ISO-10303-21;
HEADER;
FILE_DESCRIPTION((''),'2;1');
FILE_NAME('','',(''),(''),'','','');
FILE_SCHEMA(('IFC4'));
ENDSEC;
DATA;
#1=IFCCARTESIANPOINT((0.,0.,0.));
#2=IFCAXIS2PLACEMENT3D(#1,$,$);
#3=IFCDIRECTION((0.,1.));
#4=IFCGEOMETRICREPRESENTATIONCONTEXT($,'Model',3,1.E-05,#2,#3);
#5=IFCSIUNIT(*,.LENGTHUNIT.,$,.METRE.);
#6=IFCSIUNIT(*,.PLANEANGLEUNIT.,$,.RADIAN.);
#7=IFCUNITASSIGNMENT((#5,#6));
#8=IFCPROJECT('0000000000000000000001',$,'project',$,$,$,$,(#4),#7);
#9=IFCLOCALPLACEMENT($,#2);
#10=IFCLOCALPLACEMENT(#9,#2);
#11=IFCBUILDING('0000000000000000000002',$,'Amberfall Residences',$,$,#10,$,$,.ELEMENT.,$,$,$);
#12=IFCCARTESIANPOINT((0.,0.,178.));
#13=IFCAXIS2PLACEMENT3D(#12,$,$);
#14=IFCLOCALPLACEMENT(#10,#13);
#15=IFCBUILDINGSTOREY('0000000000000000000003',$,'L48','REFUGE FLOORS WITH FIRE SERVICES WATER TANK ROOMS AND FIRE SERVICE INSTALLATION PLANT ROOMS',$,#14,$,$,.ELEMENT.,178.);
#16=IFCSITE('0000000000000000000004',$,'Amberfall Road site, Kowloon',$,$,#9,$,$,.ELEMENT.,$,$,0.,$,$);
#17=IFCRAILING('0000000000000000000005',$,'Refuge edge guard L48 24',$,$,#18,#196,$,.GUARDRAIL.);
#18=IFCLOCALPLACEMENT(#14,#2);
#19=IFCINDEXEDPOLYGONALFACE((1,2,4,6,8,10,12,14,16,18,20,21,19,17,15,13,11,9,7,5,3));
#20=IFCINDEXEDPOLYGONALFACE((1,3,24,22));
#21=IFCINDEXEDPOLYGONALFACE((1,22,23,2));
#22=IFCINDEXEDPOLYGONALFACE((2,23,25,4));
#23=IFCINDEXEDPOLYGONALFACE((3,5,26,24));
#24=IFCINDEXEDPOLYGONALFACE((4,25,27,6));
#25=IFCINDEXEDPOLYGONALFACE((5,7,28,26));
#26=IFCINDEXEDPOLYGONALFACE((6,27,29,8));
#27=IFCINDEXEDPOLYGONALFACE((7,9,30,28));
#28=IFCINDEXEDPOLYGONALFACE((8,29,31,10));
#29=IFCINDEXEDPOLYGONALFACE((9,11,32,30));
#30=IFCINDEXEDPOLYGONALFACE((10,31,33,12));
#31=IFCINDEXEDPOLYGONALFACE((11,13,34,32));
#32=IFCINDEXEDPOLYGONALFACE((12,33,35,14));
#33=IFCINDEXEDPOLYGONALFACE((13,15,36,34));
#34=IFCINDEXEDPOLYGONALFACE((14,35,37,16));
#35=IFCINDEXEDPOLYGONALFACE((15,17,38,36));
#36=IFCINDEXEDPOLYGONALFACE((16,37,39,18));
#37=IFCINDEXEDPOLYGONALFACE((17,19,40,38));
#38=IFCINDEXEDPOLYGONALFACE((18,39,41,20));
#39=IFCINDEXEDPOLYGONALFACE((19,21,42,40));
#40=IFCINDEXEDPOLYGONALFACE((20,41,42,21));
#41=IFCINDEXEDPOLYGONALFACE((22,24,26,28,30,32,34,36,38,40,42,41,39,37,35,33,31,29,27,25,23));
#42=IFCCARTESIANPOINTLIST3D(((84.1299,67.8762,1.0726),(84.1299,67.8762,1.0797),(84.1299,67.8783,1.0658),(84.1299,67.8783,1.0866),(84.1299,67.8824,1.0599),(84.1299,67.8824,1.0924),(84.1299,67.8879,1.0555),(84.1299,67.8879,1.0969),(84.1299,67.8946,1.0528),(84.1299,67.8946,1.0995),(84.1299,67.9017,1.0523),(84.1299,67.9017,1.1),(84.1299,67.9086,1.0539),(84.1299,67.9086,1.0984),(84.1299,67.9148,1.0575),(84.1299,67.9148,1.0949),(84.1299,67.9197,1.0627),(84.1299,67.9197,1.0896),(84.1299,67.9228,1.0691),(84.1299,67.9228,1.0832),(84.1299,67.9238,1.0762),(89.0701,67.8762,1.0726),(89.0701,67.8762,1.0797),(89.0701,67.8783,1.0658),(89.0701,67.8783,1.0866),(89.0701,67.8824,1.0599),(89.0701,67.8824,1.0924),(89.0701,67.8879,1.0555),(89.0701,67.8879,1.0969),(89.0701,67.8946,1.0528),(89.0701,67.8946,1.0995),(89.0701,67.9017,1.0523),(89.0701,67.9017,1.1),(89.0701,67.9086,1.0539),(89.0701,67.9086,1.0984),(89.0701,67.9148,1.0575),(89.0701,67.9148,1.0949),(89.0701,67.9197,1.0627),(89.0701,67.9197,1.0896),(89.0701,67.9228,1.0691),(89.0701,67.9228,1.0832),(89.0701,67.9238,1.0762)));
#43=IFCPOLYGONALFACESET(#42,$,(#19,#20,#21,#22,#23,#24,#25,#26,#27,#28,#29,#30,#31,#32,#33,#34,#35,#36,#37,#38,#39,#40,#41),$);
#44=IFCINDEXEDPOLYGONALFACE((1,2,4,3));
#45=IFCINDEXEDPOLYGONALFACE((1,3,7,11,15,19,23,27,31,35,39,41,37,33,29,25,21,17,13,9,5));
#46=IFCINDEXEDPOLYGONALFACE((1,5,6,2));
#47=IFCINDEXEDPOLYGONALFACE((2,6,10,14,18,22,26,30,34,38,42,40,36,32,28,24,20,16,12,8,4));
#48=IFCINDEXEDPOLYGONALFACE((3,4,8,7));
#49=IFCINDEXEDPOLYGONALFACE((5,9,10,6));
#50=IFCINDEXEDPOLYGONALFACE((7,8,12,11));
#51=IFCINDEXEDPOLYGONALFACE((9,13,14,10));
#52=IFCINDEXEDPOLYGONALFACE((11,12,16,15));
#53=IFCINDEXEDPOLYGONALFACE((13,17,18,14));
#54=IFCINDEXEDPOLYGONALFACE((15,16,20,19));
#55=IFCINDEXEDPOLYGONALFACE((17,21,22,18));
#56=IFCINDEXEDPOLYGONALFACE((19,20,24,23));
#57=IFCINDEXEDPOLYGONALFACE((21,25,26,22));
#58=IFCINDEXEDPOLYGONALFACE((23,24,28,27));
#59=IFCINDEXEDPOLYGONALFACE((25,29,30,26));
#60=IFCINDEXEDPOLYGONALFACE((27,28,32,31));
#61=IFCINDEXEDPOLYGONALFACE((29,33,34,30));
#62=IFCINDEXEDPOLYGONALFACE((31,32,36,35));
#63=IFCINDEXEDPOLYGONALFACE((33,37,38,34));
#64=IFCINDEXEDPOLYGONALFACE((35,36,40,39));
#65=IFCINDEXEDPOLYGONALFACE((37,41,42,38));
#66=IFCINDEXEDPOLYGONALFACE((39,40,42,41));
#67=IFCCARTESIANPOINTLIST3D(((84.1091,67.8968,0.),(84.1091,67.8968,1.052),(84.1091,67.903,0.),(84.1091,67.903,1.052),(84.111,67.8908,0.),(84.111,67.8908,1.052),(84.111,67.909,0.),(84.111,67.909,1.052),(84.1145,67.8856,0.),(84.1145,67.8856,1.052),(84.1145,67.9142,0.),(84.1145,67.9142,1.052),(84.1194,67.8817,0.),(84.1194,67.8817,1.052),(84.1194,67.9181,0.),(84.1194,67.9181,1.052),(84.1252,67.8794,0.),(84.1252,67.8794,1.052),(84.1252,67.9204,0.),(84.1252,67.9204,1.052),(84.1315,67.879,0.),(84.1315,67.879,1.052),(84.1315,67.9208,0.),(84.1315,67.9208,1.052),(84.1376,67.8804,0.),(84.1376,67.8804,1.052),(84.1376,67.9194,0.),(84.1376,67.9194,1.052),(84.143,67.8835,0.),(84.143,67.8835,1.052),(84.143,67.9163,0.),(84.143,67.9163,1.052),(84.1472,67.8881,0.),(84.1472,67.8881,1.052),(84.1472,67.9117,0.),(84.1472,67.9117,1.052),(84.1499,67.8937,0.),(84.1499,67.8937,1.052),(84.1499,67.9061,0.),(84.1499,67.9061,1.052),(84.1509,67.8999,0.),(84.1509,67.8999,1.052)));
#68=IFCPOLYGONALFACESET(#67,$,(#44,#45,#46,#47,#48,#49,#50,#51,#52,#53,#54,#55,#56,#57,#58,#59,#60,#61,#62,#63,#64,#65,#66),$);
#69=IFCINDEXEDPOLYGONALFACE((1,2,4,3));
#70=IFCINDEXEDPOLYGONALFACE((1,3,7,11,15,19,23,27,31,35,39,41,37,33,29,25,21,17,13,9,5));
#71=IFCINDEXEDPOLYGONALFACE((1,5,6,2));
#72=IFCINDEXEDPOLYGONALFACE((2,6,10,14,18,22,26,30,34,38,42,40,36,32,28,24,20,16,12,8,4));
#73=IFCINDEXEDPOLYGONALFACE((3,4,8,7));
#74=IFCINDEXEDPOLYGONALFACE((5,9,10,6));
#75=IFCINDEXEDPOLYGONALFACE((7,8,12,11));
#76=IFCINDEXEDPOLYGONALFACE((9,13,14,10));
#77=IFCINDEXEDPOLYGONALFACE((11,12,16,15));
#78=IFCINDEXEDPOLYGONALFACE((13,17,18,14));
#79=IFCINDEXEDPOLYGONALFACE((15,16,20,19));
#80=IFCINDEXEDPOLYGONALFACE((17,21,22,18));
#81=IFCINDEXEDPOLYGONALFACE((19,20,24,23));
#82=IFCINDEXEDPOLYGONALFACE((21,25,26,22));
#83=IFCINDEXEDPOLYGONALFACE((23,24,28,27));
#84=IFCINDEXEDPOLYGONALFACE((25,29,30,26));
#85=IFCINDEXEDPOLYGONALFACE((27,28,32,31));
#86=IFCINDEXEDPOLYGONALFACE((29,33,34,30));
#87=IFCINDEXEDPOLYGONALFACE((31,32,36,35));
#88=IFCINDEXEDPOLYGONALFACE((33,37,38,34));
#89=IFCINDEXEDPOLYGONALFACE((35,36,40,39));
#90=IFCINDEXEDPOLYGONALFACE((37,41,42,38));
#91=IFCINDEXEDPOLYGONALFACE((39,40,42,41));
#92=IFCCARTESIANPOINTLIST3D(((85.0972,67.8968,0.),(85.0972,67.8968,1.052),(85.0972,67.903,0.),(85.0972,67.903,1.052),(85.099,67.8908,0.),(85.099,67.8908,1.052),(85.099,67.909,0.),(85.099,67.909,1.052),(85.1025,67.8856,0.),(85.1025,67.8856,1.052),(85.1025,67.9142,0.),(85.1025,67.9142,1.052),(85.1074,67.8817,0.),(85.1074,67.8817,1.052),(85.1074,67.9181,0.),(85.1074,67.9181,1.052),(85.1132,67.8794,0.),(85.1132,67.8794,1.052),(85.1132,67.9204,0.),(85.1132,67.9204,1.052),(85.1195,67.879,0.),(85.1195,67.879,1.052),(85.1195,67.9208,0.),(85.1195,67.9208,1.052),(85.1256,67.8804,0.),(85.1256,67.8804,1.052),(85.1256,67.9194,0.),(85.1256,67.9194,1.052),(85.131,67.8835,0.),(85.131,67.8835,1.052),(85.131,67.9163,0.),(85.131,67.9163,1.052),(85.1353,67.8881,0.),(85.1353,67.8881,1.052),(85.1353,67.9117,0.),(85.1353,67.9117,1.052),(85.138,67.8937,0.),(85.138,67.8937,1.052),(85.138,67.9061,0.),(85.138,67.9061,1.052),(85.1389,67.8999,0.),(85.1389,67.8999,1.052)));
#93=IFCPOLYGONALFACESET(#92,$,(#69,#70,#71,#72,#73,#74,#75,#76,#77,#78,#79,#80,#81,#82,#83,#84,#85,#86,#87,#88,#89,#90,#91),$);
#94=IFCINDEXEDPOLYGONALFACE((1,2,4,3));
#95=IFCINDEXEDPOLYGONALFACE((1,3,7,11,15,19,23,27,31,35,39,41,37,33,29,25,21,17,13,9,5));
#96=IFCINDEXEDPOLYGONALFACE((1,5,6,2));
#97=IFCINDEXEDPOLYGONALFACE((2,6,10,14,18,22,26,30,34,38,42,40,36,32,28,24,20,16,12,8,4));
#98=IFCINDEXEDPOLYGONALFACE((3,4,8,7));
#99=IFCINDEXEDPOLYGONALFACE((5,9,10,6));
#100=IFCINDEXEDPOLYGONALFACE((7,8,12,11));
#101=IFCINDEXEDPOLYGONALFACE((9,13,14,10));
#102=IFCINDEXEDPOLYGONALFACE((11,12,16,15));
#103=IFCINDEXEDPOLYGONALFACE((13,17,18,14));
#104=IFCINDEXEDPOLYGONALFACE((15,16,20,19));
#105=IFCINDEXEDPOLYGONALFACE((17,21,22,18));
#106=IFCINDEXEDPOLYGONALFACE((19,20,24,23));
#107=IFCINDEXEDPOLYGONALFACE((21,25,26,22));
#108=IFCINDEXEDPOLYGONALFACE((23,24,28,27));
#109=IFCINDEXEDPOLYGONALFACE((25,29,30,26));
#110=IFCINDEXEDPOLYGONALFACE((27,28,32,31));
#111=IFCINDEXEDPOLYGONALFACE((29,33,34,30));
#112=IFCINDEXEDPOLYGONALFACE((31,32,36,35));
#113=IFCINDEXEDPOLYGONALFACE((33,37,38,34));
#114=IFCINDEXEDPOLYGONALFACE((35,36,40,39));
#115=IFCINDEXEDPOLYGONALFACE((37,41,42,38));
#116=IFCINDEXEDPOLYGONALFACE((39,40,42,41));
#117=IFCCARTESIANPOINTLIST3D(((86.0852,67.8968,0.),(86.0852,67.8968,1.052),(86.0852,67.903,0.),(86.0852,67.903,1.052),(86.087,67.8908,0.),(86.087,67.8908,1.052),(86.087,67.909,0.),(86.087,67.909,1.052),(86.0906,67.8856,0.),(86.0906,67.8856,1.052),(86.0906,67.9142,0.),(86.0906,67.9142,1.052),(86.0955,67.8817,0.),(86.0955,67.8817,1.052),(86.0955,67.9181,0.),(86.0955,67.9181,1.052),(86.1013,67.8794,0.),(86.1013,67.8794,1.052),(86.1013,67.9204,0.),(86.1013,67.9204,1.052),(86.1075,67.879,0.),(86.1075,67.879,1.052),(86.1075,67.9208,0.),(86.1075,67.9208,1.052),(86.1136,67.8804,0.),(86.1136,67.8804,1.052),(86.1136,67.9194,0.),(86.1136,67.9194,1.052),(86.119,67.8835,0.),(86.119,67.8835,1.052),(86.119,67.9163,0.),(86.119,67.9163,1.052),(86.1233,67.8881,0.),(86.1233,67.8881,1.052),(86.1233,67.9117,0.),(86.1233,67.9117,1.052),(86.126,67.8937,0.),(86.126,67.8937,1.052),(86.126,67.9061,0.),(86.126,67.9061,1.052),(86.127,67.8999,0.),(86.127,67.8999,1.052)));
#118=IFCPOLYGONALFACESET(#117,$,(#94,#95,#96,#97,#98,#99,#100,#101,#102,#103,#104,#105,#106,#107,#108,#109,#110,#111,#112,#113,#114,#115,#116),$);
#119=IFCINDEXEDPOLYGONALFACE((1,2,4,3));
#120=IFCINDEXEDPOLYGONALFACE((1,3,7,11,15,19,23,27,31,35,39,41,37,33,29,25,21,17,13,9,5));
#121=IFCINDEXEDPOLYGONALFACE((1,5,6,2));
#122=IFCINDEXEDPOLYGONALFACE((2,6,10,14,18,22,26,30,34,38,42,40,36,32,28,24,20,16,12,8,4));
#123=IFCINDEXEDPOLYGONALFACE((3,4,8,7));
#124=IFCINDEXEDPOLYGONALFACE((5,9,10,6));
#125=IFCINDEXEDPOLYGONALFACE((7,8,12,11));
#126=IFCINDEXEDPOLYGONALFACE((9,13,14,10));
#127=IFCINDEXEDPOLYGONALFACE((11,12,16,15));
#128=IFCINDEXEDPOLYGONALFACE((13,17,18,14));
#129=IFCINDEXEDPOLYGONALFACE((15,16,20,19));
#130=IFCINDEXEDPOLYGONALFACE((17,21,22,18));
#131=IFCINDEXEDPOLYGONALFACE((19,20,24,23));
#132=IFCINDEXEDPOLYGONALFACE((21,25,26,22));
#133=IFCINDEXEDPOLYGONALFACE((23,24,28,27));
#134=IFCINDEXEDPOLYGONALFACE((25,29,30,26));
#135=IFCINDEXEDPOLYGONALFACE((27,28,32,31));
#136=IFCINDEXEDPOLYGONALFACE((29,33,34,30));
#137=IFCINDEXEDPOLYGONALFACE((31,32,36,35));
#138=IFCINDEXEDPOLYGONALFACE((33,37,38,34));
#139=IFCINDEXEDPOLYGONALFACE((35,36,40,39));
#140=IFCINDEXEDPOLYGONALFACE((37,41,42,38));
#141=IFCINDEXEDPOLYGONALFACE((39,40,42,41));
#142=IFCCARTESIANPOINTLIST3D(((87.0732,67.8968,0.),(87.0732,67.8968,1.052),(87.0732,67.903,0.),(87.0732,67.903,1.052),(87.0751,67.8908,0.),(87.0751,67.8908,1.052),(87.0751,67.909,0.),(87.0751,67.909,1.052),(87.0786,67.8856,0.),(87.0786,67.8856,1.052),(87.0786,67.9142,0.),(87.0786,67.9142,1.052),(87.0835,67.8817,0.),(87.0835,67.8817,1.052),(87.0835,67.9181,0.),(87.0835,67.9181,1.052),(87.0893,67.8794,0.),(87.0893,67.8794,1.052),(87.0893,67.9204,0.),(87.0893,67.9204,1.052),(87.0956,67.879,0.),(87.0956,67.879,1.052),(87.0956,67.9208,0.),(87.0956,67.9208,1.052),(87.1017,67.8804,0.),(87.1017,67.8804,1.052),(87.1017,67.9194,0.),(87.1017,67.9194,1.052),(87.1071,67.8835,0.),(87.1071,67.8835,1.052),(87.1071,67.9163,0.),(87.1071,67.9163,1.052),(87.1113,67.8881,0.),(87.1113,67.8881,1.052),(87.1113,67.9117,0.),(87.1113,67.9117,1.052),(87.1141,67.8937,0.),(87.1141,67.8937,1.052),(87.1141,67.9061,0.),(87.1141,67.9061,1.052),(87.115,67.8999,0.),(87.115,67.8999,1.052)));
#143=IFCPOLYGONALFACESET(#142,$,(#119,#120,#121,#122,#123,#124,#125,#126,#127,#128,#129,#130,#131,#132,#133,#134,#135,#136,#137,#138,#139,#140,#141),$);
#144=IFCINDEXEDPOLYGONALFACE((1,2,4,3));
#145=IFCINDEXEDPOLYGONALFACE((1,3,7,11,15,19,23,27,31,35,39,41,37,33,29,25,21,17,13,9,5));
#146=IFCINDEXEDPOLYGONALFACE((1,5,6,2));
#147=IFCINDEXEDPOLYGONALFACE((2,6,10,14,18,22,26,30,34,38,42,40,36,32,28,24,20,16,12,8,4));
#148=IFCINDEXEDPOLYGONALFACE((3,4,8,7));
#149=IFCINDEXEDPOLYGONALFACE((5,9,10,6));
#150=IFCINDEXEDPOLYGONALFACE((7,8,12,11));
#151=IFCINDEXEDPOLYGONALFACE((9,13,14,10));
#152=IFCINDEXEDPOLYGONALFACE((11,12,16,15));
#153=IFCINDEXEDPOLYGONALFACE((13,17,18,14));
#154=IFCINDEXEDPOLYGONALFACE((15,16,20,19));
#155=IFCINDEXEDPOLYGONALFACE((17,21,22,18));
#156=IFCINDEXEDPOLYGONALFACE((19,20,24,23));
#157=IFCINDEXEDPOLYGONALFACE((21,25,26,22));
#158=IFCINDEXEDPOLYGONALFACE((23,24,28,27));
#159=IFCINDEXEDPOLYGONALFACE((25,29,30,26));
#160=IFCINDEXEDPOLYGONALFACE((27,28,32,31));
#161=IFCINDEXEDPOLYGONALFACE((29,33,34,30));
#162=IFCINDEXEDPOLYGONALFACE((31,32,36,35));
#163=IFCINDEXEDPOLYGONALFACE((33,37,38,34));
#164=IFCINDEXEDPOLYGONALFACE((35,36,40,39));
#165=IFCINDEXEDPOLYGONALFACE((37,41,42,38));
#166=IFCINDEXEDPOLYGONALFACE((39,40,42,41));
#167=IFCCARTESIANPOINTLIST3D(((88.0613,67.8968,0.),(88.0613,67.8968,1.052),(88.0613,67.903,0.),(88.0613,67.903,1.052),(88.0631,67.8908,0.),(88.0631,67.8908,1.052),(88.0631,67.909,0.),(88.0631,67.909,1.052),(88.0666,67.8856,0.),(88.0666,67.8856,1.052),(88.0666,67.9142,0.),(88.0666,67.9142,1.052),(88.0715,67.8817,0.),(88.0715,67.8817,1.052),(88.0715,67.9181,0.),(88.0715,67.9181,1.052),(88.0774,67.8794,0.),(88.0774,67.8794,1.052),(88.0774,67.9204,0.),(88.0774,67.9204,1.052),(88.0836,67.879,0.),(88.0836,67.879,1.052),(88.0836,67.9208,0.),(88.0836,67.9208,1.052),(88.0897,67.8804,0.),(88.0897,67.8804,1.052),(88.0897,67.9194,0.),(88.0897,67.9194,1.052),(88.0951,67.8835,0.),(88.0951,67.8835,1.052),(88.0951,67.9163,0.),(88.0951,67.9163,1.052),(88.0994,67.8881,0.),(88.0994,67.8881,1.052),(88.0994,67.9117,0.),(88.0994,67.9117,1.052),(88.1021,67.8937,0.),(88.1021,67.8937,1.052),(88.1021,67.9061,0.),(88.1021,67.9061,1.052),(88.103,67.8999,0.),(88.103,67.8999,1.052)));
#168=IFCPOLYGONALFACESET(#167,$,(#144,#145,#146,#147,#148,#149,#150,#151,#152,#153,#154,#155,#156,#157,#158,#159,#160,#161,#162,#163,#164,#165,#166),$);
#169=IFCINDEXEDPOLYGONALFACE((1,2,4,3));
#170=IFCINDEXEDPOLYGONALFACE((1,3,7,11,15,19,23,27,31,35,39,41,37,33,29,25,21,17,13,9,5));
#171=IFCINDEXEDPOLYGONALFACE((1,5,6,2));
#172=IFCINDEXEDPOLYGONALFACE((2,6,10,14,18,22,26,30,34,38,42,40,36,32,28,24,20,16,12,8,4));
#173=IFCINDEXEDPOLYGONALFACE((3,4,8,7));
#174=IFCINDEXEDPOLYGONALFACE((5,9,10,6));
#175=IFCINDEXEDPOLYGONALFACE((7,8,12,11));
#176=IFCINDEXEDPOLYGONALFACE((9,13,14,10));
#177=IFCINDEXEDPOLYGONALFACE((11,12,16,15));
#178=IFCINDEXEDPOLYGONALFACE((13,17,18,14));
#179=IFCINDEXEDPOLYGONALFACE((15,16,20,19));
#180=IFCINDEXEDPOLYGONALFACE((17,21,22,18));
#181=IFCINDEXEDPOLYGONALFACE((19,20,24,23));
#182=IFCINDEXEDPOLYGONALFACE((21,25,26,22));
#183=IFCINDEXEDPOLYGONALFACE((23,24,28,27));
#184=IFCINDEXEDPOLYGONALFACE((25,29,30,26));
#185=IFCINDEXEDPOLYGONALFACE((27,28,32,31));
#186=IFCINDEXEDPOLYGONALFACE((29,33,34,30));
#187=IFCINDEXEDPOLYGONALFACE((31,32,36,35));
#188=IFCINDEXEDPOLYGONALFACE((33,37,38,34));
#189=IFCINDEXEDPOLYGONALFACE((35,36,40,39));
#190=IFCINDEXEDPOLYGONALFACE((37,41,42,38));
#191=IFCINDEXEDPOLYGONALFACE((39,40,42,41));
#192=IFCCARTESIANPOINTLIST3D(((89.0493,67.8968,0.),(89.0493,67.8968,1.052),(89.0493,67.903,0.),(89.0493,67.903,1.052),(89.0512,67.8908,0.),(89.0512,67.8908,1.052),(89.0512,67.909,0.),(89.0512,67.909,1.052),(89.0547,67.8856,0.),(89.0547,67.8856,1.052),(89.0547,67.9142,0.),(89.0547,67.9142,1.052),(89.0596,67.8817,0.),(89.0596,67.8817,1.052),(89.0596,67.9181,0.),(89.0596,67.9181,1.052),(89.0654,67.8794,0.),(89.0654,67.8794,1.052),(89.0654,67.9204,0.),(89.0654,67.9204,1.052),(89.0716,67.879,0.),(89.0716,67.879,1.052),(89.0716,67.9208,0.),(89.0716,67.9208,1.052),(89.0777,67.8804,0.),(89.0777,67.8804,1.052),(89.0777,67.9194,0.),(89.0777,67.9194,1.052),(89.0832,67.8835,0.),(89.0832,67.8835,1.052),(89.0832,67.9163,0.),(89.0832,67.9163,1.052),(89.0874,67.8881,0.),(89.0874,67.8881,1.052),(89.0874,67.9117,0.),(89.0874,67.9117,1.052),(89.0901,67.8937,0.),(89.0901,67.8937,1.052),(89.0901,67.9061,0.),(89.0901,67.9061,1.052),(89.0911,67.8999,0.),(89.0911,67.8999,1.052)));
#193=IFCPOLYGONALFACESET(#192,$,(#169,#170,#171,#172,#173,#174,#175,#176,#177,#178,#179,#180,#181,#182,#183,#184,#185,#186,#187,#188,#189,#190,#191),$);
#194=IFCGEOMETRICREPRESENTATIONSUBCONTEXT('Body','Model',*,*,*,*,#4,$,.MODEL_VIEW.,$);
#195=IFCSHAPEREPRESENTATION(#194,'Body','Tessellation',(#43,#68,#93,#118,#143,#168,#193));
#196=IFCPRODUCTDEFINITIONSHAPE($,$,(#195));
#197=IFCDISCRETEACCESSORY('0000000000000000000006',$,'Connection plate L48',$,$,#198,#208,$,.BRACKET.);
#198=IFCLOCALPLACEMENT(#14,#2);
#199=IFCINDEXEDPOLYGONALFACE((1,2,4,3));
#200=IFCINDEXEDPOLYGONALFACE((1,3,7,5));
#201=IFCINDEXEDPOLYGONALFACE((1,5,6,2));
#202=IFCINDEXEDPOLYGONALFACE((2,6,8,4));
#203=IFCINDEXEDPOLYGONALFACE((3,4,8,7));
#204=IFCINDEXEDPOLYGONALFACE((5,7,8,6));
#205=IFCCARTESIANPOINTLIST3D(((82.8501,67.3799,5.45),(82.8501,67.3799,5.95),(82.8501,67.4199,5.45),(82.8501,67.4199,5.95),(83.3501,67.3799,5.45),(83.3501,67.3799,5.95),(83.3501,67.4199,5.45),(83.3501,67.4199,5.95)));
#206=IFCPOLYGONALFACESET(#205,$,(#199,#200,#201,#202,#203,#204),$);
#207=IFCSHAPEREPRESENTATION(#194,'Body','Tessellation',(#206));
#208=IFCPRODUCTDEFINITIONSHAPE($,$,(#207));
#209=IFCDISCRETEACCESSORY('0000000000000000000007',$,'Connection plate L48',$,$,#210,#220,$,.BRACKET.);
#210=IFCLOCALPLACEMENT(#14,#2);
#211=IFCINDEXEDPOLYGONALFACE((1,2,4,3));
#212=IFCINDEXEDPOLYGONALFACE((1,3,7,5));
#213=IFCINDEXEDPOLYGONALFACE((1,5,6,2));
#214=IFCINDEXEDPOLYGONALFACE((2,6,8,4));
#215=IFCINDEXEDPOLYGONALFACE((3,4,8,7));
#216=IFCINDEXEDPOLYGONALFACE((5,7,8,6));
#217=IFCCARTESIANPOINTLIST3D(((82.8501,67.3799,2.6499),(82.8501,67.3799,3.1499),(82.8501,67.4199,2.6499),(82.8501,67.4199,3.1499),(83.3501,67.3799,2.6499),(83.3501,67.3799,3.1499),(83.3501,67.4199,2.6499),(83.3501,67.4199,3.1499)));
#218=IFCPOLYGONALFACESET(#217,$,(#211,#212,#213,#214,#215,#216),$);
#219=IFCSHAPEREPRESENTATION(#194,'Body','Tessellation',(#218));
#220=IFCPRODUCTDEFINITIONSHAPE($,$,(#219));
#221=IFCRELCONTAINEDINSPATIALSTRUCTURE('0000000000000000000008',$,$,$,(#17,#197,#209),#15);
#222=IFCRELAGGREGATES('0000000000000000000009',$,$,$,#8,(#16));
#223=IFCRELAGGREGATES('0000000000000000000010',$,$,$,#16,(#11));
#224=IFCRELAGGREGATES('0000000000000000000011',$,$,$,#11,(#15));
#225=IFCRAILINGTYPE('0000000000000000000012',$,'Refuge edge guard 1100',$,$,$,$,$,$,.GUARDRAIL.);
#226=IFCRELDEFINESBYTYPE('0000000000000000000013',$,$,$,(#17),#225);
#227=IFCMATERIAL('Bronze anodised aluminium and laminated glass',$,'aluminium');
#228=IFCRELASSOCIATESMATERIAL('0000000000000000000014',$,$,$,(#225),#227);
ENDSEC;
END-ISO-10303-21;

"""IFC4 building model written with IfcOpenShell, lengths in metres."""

from ifc_helpers import new_model, si_unit, direction, frame, origin, origin_2d, place, context, subcontext, project, spatial, rectangle, circle, extrude, material, type_object, element, save


model = new_model("IFC4")

# Units and contexts
model_context = context("Model", 3, precision=1e-05, world=origin(), true_north=direction((0.0, 1.0)))
body_context = subcontext(model_context, "Body", "Model", "MODEL_VIEW")
ifc_project = project(units=[si_unit("LENGTHUNIT", "METRE"), si_unit("PLANEANGLEUNIT", "RADIAN")], contexts=[model_context])

# Site, building, storey
site_placement = place(None, origin())
site = spatial("IfcSite", under=ifc_project, at=site_placement, Name="Amberfall Road site, Kowloon", CompositionType="ELEMENT", RefElevation=0.0)
building_placement = place(site_placement, origin())
building = spatial("IfcBuilding", under=site, at=building_placement, Name="Amberfall Residences", CompositionType="ELEMENT")
storey_placement = place(building_placement, frame((0.0, 0.0, 178.0)))
storey = spatial("IfcBuildingStorey", under=building, at=storey_placement, Name="L48", Description="REFUGE FLOORS WITH FIRE SERVICES WATER TANK ROOMS AND FIRE SERVICE INSTALLATION PLANT ROOMS", CompositionType="ELEMENT", Elevation=178.0)

# Railing
ifc_material_1 = material(Name="Bronze anodised aluminium and laminated glass", Category="aluminium")
railing_type = type_object("IfcRailingType", Name="Refuge edge guard 1100", PredefinedType="GUARDRAIL", material=ifc_material_1)
railing_placement = place(storey_placement, frame((84.1299, 67.8999, 0.0)))
element("IfcRailing", 1, at=railing_placement, inside=storey, type_object=railing_type, Name="Refuge edge guard L48 24", PredefinedType="GUARDRAIL", context=body_context, shape_type="SweptSolid", body=[
    extrude(circle(Radius=0.0239, at=origin_2d()), frame((0.0, 0.0, 1.0762), z_axis=(1.0, 0.0, 0.0), x_axis=(0.0, 1.0, 0.0)), (0.0, 0.0, 1.0), 4.9402),
    extrude(circle(Radius=0.021, at=origin_2d()), origin(), (0.0, 0.0, 1.0), 1.052),
    extrude(circle(Radius=0.021, at=origin_2d()), frame((0.988, 0.0, 0.0)), (0.0, 0.0, 1.0), 1.052),
    extrude(circle(Radius=0.021, at=origin_2d()), frame((1.9761, 0.0, 0.0)), (0.0, 0.0, 1.0), 1.052),
    extrude(circle(Radius=0.021, at=origin_2d()), frame((2.9641, 0.0, 0.0)), (0.0, 0.0, 1.0), 1.052),
    extrude(circle(Radius=0.021, at=origin_2d()), frame((3.9521, 0.0, 0.0)), (0.0, 0.0, 1.0), 1.052),
    extrude(circle(Radius=0.021, at=origin_2d()), frame((4.9402, 0.0, 0.0)), (0.0, 0.0, 1.0), 1.052),
])

# Discrete accessories
for number, where, z_axis, x_axis, name in (
    (2, (83.1001, 67.3999, 5.45), (0.0, 0.0, 1.0), (1.0, 0.0, 0.0), "Connection plate L48"),
    (3, (83.1001, 67.3999, 2.6499), (0.0, 0.0, 1.0), (1.0, 0.0, 0.0), "Connection plate L48"),
):
    element("IfcDiscreteAccessory", number, at=place(storey_placement, frame(where, z_axis=z_axis, x_axis=x_axis)), inside=storey, Name=name, PredefinedType="BRACKET", context=body_context, shape_type="SweptSolid", body=[
        extrude(rectangle(XDim=0.5, YDim=0.04, at=origin_2d()), origin(), (0.0, 0.0, 1.0), 0.5),
    ])

save(model, "model.ifc")
